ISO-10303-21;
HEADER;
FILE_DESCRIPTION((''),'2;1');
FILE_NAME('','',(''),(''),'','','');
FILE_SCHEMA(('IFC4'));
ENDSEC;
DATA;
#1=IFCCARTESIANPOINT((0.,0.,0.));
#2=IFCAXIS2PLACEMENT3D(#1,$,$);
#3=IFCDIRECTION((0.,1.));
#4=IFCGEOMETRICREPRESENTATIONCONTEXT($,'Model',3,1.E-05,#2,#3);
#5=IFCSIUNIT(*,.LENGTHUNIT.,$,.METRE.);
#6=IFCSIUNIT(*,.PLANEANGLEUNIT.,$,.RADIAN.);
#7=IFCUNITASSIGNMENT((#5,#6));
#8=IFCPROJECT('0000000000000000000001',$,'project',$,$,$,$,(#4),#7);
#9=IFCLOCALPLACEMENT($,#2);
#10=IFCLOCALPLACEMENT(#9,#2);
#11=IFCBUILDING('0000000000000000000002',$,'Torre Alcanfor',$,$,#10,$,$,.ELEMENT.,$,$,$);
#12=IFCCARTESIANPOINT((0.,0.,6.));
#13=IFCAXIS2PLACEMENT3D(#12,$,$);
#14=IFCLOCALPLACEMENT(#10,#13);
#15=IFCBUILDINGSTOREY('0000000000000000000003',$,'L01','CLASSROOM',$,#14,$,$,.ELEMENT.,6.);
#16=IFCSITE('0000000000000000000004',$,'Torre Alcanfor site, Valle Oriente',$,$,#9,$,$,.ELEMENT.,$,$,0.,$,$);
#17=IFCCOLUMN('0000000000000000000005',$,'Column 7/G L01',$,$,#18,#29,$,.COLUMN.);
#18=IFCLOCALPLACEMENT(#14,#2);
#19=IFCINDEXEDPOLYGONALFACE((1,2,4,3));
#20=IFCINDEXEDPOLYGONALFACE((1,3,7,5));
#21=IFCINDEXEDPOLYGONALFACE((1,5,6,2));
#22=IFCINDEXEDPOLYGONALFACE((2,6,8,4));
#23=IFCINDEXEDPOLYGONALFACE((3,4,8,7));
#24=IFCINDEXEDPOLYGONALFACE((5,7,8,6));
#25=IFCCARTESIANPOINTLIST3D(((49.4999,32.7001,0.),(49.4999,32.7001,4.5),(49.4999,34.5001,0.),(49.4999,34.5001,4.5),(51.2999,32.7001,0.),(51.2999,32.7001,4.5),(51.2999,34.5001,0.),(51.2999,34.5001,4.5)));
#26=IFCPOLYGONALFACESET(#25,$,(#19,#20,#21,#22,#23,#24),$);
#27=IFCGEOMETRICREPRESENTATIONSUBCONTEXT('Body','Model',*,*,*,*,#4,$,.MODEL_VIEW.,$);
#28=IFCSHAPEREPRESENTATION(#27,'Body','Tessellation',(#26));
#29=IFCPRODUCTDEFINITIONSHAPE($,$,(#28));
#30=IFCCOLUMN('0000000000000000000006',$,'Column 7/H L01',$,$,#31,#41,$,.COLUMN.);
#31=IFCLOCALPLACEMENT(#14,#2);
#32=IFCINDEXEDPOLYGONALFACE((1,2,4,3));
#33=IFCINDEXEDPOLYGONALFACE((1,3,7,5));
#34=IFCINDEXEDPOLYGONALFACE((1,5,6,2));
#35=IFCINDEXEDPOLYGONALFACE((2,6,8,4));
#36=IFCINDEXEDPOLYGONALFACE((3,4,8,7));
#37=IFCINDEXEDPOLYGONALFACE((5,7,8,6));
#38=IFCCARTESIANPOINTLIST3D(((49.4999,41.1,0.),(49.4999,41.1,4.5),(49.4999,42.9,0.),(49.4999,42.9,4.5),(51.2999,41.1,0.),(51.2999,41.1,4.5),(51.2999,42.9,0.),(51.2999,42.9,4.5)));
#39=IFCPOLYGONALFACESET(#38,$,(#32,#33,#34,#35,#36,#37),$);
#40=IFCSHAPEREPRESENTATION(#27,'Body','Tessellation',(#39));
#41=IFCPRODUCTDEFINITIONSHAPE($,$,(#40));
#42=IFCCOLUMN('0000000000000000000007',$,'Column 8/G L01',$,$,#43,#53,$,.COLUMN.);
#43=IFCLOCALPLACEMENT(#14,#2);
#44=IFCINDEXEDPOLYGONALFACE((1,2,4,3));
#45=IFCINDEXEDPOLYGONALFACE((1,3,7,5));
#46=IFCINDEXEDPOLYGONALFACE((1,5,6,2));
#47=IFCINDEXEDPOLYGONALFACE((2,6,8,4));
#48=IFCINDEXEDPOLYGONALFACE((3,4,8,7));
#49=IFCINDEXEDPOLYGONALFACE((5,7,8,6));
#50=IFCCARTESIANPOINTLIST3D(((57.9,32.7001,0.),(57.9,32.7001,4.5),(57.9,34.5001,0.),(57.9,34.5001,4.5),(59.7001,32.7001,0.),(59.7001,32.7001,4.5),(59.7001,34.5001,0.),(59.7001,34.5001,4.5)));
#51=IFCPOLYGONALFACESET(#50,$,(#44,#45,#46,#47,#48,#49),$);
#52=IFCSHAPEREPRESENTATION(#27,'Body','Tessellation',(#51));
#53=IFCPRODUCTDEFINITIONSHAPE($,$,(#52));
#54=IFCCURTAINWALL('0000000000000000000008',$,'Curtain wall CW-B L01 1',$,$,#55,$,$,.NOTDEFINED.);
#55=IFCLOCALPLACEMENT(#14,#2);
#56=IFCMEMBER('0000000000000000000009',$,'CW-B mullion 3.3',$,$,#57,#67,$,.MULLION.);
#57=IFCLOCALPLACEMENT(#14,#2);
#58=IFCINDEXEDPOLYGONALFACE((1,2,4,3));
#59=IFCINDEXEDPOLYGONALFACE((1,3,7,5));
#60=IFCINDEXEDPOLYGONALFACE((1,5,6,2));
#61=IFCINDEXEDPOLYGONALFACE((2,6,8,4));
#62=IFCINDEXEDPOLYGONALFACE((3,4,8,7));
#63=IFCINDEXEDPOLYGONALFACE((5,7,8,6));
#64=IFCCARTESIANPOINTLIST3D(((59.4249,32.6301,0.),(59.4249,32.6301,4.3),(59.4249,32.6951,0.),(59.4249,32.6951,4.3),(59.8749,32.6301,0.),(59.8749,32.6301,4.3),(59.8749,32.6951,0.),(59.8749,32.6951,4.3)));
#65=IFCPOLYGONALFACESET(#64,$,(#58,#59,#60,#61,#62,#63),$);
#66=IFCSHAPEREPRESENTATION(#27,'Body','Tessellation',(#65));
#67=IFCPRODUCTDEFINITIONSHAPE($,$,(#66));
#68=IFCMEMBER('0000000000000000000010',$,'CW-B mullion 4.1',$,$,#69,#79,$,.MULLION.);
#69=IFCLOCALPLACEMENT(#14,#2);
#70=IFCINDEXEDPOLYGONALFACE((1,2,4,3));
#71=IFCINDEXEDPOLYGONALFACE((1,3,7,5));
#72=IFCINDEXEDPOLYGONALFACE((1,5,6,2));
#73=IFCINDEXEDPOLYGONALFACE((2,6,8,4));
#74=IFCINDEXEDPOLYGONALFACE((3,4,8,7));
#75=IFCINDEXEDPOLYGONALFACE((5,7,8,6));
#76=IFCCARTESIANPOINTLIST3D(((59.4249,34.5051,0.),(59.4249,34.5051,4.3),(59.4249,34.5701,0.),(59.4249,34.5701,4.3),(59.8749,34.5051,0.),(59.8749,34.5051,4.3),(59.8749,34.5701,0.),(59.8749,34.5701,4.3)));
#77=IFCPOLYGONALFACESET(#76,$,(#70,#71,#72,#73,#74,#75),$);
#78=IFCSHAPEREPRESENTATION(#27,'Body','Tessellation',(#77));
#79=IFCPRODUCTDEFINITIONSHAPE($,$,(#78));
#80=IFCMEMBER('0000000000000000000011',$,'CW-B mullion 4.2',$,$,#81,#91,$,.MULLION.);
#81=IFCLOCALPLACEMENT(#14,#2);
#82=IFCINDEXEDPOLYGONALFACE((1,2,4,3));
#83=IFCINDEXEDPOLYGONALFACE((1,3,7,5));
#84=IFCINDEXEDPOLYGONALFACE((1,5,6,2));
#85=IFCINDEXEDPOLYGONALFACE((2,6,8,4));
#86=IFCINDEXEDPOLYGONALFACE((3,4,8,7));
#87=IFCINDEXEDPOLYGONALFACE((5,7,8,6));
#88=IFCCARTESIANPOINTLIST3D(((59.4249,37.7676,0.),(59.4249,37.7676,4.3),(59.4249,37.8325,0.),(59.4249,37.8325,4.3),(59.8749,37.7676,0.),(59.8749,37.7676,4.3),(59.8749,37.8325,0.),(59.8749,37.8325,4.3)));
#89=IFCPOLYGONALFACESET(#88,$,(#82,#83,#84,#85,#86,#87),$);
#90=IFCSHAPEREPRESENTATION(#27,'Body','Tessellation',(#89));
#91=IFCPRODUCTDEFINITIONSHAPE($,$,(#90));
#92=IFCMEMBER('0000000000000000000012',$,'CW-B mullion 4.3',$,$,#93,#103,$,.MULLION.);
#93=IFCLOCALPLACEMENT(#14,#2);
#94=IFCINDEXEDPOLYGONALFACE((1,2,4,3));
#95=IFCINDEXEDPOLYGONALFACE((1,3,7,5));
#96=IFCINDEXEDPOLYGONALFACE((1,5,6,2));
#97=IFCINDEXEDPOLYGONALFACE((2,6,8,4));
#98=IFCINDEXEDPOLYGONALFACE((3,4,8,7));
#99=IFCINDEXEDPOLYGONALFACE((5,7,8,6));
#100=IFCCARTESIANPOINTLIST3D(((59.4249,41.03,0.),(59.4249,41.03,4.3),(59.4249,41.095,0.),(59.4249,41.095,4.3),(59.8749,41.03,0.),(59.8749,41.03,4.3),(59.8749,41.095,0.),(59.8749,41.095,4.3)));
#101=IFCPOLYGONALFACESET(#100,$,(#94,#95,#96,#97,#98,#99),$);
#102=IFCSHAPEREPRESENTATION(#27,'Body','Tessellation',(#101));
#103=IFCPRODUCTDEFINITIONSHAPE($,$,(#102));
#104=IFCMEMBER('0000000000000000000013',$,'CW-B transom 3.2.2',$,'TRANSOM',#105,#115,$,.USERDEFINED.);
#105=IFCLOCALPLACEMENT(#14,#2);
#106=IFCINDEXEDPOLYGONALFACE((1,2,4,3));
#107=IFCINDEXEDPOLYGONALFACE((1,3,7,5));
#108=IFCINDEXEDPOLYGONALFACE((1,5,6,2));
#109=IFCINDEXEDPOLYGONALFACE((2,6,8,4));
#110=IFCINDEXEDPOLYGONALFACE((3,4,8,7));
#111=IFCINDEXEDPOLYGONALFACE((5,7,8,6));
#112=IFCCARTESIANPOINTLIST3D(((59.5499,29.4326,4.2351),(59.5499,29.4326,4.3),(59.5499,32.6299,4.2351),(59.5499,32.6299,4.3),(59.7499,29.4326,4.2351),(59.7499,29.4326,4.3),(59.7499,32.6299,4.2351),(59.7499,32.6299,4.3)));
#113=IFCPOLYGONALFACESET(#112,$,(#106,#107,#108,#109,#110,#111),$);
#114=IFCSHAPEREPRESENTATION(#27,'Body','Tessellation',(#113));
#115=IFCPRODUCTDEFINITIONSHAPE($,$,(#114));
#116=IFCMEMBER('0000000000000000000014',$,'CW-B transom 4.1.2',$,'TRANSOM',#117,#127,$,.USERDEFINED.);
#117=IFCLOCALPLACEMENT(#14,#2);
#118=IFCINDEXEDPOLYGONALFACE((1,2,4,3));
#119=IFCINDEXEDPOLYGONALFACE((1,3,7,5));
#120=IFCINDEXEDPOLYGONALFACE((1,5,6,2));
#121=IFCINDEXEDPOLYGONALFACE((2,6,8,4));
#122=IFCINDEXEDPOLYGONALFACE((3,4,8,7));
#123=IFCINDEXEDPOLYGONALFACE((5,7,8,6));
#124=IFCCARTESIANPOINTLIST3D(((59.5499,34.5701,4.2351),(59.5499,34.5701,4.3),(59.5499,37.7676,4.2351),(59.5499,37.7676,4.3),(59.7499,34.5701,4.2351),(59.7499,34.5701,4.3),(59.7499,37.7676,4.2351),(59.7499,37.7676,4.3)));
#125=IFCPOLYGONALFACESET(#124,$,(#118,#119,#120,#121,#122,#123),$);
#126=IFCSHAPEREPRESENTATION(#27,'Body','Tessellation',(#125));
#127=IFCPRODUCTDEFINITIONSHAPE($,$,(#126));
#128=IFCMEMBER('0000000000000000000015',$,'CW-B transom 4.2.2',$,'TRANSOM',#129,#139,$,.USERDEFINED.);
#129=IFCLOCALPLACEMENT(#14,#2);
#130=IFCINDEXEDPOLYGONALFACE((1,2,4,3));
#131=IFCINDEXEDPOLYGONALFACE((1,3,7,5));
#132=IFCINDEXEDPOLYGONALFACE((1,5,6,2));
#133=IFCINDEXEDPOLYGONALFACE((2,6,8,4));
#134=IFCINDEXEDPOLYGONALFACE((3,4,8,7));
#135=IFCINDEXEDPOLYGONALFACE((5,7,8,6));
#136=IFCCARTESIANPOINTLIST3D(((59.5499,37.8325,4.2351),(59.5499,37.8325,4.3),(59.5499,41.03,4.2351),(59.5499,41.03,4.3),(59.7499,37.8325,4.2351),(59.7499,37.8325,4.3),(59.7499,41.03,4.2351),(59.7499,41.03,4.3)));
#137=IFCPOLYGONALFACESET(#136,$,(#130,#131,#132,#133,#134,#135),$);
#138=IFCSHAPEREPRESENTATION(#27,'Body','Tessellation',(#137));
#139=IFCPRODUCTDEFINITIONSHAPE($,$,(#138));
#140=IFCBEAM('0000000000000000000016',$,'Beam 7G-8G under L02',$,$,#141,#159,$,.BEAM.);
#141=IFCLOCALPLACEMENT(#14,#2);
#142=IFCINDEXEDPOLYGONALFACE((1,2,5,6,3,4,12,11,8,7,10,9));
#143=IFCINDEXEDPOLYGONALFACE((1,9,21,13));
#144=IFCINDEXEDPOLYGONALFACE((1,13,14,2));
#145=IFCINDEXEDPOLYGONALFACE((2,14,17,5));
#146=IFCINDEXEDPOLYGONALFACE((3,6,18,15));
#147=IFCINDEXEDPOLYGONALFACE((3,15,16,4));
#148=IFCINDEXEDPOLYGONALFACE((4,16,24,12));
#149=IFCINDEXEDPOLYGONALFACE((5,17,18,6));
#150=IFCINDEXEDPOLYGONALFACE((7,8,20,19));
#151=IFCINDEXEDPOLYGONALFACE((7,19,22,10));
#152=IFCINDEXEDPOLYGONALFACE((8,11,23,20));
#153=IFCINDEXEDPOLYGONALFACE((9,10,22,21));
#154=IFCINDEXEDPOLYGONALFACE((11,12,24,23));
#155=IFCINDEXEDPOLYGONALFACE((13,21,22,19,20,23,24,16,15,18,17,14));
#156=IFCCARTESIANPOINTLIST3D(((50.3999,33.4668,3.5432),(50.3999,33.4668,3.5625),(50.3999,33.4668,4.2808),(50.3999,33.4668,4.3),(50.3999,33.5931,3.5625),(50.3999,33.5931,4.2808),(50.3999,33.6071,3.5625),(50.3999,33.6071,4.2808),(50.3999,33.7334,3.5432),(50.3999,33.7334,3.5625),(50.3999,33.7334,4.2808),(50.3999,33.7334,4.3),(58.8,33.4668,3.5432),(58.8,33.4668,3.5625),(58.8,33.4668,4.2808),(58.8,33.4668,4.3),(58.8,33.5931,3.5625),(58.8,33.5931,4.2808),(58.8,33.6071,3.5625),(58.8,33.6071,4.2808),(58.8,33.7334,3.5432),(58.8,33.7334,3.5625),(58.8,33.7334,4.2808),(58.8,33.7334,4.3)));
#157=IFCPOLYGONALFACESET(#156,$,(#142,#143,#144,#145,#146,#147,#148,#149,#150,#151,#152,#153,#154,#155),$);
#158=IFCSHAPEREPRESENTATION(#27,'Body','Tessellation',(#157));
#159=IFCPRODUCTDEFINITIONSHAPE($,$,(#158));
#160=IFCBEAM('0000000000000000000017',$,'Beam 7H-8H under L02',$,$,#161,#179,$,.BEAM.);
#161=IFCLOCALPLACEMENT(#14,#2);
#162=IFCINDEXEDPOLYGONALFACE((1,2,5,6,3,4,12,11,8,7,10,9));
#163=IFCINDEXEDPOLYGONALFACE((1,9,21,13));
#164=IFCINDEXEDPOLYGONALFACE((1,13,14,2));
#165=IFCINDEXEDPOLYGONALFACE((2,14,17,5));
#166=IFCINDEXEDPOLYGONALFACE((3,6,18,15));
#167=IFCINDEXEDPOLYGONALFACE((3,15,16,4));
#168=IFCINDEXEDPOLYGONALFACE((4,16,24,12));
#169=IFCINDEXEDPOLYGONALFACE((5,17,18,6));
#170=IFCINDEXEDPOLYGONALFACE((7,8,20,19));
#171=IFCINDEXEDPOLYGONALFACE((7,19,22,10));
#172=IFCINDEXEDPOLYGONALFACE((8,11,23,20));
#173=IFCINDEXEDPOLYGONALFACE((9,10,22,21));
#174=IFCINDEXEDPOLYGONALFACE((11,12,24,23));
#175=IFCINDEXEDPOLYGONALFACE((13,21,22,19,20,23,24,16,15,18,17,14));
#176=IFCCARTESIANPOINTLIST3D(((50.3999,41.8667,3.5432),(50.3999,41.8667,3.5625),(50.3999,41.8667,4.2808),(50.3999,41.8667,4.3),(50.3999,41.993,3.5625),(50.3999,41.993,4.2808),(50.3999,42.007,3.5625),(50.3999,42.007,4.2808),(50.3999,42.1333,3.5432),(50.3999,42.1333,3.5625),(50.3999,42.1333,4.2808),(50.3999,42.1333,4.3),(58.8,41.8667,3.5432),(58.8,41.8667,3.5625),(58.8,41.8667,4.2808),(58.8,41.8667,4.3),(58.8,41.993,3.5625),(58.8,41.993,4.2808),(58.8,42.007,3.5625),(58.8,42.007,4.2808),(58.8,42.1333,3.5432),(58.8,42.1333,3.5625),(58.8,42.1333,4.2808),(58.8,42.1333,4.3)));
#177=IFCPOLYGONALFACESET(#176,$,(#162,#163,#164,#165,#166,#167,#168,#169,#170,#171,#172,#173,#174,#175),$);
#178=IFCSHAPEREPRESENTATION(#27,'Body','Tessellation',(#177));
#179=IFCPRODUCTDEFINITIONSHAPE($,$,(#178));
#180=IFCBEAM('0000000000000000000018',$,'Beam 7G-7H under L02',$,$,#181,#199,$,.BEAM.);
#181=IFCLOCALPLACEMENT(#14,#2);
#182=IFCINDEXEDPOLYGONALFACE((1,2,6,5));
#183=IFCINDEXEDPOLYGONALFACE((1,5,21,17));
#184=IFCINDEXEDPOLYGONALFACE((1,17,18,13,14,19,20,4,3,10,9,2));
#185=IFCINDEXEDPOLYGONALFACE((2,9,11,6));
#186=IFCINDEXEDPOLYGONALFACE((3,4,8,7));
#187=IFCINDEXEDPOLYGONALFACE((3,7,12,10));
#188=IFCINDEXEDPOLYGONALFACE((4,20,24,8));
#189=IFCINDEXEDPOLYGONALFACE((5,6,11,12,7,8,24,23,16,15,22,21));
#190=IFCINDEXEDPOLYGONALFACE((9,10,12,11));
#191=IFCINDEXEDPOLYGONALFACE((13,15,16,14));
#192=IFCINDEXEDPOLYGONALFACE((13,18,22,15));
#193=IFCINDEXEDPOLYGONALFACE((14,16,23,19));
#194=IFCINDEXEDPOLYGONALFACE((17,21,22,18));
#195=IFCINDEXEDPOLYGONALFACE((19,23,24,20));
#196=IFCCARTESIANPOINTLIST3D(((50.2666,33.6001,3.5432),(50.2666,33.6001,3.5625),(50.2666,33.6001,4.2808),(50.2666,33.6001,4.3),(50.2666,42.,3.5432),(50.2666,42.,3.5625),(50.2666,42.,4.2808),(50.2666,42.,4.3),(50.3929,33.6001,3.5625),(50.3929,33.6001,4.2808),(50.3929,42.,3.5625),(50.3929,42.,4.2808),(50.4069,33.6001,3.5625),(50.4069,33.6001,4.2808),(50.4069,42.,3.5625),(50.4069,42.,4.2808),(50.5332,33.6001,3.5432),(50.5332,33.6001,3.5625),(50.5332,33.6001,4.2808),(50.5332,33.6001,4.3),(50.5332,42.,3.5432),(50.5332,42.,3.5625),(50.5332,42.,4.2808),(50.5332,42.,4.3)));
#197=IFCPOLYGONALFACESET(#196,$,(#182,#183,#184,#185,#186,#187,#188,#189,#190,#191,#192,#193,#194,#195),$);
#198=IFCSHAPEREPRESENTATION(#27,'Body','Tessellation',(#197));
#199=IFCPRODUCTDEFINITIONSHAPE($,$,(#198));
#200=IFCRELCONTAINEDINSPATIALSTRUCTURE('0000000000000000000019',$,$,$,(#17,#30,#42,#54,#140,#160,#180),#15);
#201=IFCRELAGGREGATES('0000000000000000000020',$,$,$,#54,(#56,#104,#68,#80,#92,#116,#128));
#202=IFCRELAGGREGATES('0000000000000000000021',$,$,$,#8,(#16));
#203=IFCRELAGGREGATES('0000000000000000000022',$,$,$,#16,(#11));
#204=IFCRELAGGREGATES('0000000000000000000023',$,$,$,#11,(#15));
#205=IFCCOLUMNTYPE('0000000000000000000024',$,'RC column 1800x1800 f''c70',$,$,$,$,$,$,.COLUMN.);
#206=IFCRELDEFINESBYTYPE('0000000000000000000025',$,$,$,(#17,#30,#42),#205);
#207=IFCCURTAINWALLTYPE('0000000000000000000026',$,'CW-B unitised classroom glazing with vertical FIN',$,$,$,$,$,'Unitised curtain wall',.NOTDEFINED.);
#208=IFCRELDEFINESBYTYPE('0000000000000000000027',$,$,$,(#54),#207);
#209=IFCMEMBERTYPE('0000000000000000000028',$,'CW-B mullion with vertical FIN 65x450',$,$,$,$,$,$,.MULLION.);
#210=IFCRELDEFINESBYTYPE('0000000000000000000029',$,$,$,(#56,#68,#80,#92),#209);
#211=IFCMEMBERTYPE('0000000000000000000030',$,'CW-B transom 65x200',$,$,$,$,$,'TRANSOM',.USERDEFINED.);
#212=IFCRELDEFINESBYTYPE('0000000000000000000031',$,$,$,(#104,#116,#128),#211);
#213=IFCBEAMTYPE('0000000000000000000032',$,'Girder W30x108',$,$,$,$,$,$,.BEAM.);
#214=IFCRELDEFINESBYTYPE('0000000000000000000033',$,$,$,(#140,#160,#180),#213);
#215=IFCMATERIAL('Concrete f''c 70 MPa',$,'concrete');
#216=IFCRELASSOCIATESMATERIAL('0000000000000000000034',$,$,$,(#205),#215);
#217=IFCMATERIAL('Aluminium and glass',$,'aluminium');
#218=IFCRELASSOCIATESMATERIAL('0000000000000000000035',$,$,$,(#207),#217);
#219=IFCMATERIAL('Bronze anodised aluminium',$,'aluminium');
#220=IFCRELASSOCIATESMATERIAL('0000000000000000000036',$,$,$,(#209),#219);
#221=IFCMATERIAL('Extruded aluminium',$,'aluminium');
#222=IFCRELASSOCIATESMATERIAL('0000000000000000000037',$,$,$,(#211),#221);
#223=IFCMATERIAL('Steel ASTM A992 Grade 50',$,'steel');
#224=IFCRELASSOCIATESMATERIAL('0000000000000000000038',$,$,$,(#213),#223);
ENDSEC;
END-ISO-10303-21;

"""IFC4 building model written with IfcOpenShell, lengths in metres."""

from ifc_helpers import new_model, si_unit, direction, frame, origin, origin_2d, place, context, subcontext, project, spatial, rectangle, i_section, extrude, material, material_profile, profile_set, type_object, element, aggregate, save


model = new_model("IFC4")

# Units and contexts
model_context = context("Model", 3, precision=1e-05, world=origin(), true_north=direction((0.0, 1.0)))
body_context = subcontext(model_context, "Body", "Model", "MODEL_VIEW")
ifc_project = project(units=[si_unit("LENGTHUNIT", "METRE"), si_unit("PLANEANGLEUNIT", "RADIAN")], contexts=[model_context])

# Site, building, storey
site_placement = place(None, origin())
site = spatial("IfcSite", under=ifc_project, at=site_placement, Name="Torre Alcanfor site, Valle Oriente", CompositionType="ELEMENT", RefElevation=0.0)
building_placement = place(site_placement, origin())
building = spatial("IfcBuilding", under=site, at=building_placement, Name="Torre Alcanfor", CompositionType="ELEMENT")
storey_placement = place(building_placement, frame((0.0, 0.0, 6.0)))
storey = spatial("IfcBuildingStorey", under=building, at=storey_placement, Name="L01", Description="CLASSROOM", CompositionType="ELEMENT", Elevation=6.0)

# Columns
ifc_material_1 = material(Name="Concrete f'c 70 MPa", Category="concrete")
ifc_material_profile_1 = material_profile(ifc_material_1, rectangle(XDim=1.8, YDim=1.8, at=origin_2d()), Name="1800x1800")
ifc_profile_set_1 = profile_set([ifc_material_profile_1], Name="Concrete f'c 70 MPa")
column_type = type_object("IfcColumnType", Name="RC column 1800x1800 f'c70", PredefinedType="COLUMN", material=ifc_profile_set_1)
for number, where, z_axis, x_axis, name in (
    (1, (50.3999, 33.6001, 0.0), (0.0, 0.0, 1.0), (1.0, 0.0, 0.0), "Column 7/G L01"),
    (2, (50.3999, 42.0, 0.0), (0.0, 0.0, 1.0), (1.0, 0.0, 0.0), "Column 7/H L01"),
    (3, (58.8, 33.6001, 0.0), (0.0, 0.0, 1.0), (1.0, 0.0, 0.0), "Column 8/G L01"),
):
    element("IfcColumn", number, at=place(storey_placement, frame(where, z_axis=z_axis, x_axis=x_axis)), inside=storey, type_object=column_type, Name=name, PredefinedType="COLUMN", context=body_context, shape_type="SweptSolid", body=[
        extrude(rectangle(XDim=1.8, YDim=1.8, at=origin_2d()), origin(), (0.0, 0.0, 1.0), 4.5),
    ])

# Curtain wall, members
ifc_material_2 = material(Name="Aluminium and glass", Category="aluminium")
curtain_wall_type = type_object("IfcCurtainWallType", Name="CW-B unitised classroom glazing with vertical FIN", ElementType="Unitised curtain wall", PredefinedType="NOTDEFINED", material=ifc_material_2)
curtain_wall_placement = place(storey_placement, origin())
curtain_wall = element("IfcCurtainWall", 4, at=curtain_wall_placement, inside=storey, type_object=curtain_wall_type, Name="Curtain wall CW-B L01 1", PredefinedType="NOTDEFINED")
ifc_material_3 = material(Name="Bronze anodised aluminium", Category="aluminium")
ifc_material_profile_2 = material_profile(ifc_material_3, rectangle(XDim=0.45, YDim=0.0649, at=origin_2d()), Name="CW-B mullion 65x450")
ifc_profile_set_2 = profile_set([ifc_material_profile_2], Name="Bronze anodised aluminium")
member_type_1 = type_object("IfcMemberType", Name="CW-B mullion with vertical FIN 65x450", PredefinedType="MULLION", material=ifc_profile_set_2)
member_1_placement = place(storey_placement, frame((59.6499, 32.6626, 0.0), z_axis=(0.0, 0.0, 1.0), x_axis=(-1.0, 0.0, 0.0)))
member_1 = element("IfcMember", 5, at=member_1_placement, type_object=member_type_1, Name="CW-B mullion 3.3", PredefinedType="MULLION", context=body_context, shape_type="SweptSolid", body=[
    extrude(rectangle(XDim=0.45, YDim=0.0649, at=origin_2d()), origin(), (0.0, 0.0, 1.0), 4.3),
])
member_2_placement = place(storey_placement, frame((59.6499, 34.5376, 0.0), z_axis=(0.0, 0.0, 1.0), x_axis=(-1.0, 0.0, 0.0)))
member_2 = element("IfcMember", 6, at=member_2_placement, type_object=member_type_1, Name="CW-B mullion 4.1", PredefinedType="MULLION", context=body_context, shape_type="SweptSolid", body=[
    extrude(rectangle(XDim=0.45, YDim=0.0649, at=origin_2d()), origin(), (0.0, 0.0, 1.0), 4.3),
])
member_3_placement = place(storey_placement, frame((59.6499, 37.8, 0.0), z_axis=(0.0, 0.0, 1.0), x_axis=(-1.0, 0.0, 0.0)))
member_3 = element("IfcMember", 7, at=member_3_placement, type_object=member_type_1, Name="CW-B mullion 4.2", PredefinedType="MULLION", context=body_context, shape_type="SweptSolid", body=[
    extrude(rectangle(XDim=0.45, YDim=0.0649, at=origin_2d()), origin(), (0.0, 0.0, 1.0), 4.3),
])
member_4_placement = place(storey_placement, frame((59.6499, 41.0625, 0.0), z_axis=(0.0, 0.0, 1.0), x_axis=(-1.0, 0.0, 0.0)))
member_4 = element("IfcMember", 8, at=member_4_placement, type_object=member_type_1, Name="CW-B mullion 4.3", PredefinedType="MULLION", context=body_context, shape_type="SweptSolid", body=[
    extrude(rectangle(XDim=0.45, YDim=0.0649, at=origin_2d()), origin(), (0.0, 0.0, 1.0), 4.3),
])
ifc_material_4 = material(Name="Extruded aluminium", Category="aluminium")
ifc_material_profile_3 = material_profile(ifc_material_4, rectangle(XDim=0.2, YDim=0.0649, at=origin_2d()), Name="CW-B transom 200x65")
ifc_profile_set_3 = profile_set([ifc_material_profile_3], Name="Extruded aluminium")
member_type_2 = type_object("IfcMemberType", Name="CW-B transom 65x200", ElementType="TRANSOM", PredefinedType="USERDEFINED", material=ifc_profile_set_3)
member_5_placement = place(storey_placement, frame((59.6499, 29.4326, 4.2676), z_axis=(0.0, 1.0, 0.0), x_axis=(-1.0, 0.0, 0.0)))
member_5 = element("IfcMember", 9, at=member_5_placement, type_object=member_type_2, Name="CW-B transom 3.2.2", ObjectType="TRANSOM", PredefinedType="USERDEFINED", context=body_context, shape_type="SweptSolid", body=[
    extrude(rectangle(XDim=0.2, YDim=0.0649, at=origin_2d()), origin(), (0.0, 0.0, 1.0), 3.1973),
])
member_6_placement = place(storey_placement, frame((59.6499, 34.5701, 4.2676), z_axis=(0.0, 1.0, 0.0), x_axis=(-1.0, 0.0, 0.0)))
member_6 = element("IfcMember", 10, at=member_6_placement, type_object=member_type_2, Name="CW-B transom 4.1.2", ObjectType="TRANSOM", PredefinedType="USERDEFINED", context=body_context, shape_type="SweptSolid", body=[
    extrude(rectangle(XDim=0.2, YDim=0.0649, at=origin_2d()), origin(), (0.0, 0.0, 1.0), 3.1975),
])
member_7_placement = place(storey_placement, frame((59.6499, 37.8325, 4.2676), z_axis=(0.0, 1.0, 0.0), x_axis=(-1.0, 0.0, 0.0)))
member_7 = element("IfcMember", 11, at=member_7_placement, type_object=member_type_2, Name="CW-B transom 4.2.2", ObjectType="TRANSOM", PredefinedType="USERDEFINED", context=body_context, shape_type="SweptSolid", body=[
    extrude(rectangle(XDim=0.2, YDim=0.0649, at=origin_2d()), origin(), (0.0, 0.0, 1.0), 3.1975),
])

# Beams
ifc_material_5 = material(Name="Steel ASTM A992 Grade 50", Category="steel")
ifc_material_profile_4 = material_profile(ifc_material_5, i_section(OverallWidth=0.2666, OverallDepth=0.7568, WebThickness=0.0139, FlangeThickness=0.0193, at=origin_2d()), Name="W30x108")
ifc_profile_set_4 = profile_set([ifc_material_profile_4], Name="Steel ASTM A992 Grade 50")
beam_type_1 = type_object("IfcBeamType", Name="Girder W30x108", PredefinedType="BEAM", material=ifc_profile_set_4)
for number, where, z_axis, x_axis, name in (
    (12, (50.3999, 33.6001, 3.9216), (1.0, 0.0, 0.0), (0.0, 1.0, 0.0), "Beam 7G-8G under L02"),
    (13, (50.3999, 42.0, 3.9216), (1.0, 0.0, 0.0), (0.0, 1.0, 0.0), "Beam 7H-8H under L02"),
):
    element("IfcBeam", number, at=place(storey_placement, frame(where, z_axis=z_axis, x_axis=x_axis)), inside=storey, type_object=beam_type_1, Name=name, PredefinedType="BEAM", context=body_context, shape_type="SweptSolid", body=[
        extrude(i_section(OverallWidth=0.2666, OverallDepth=0.7568, WebThickness=0.0139, FlangeThickness=0.0193, at=origin_2d()), origin(), (0.0, 0.0, 1.0), 8.4001),
    ])
beam_1_placement = place(storey_placement, frame((50.3999, 33.6001, 3.9216), z_axis=(0.0, 1.0, 0.0), x_axis=(-1.0, 0.0, 0.0)))
element("IfcBeam", 14, at=beam_1_placement, inside=storey, type_object=beam_type_1, Name="Beam 7G-7H under L02", PredefinedType="BEAM", context=body_context, shape_type="SweptSolid", body=[
    extrude(i_section(OverallWidth=0.2666, OverallDepth=0.7568, WebThickness=0.0139, FlangeThickness=0.0193, at=origin_2d()), origin(), (0.0, 0.0, 1.0), 8.3999),
])

aggregate(curtain_wall, [member_1, member_5, member_2, member_3, member_4, member_6, member_7])

save(model, "model.ifc")
